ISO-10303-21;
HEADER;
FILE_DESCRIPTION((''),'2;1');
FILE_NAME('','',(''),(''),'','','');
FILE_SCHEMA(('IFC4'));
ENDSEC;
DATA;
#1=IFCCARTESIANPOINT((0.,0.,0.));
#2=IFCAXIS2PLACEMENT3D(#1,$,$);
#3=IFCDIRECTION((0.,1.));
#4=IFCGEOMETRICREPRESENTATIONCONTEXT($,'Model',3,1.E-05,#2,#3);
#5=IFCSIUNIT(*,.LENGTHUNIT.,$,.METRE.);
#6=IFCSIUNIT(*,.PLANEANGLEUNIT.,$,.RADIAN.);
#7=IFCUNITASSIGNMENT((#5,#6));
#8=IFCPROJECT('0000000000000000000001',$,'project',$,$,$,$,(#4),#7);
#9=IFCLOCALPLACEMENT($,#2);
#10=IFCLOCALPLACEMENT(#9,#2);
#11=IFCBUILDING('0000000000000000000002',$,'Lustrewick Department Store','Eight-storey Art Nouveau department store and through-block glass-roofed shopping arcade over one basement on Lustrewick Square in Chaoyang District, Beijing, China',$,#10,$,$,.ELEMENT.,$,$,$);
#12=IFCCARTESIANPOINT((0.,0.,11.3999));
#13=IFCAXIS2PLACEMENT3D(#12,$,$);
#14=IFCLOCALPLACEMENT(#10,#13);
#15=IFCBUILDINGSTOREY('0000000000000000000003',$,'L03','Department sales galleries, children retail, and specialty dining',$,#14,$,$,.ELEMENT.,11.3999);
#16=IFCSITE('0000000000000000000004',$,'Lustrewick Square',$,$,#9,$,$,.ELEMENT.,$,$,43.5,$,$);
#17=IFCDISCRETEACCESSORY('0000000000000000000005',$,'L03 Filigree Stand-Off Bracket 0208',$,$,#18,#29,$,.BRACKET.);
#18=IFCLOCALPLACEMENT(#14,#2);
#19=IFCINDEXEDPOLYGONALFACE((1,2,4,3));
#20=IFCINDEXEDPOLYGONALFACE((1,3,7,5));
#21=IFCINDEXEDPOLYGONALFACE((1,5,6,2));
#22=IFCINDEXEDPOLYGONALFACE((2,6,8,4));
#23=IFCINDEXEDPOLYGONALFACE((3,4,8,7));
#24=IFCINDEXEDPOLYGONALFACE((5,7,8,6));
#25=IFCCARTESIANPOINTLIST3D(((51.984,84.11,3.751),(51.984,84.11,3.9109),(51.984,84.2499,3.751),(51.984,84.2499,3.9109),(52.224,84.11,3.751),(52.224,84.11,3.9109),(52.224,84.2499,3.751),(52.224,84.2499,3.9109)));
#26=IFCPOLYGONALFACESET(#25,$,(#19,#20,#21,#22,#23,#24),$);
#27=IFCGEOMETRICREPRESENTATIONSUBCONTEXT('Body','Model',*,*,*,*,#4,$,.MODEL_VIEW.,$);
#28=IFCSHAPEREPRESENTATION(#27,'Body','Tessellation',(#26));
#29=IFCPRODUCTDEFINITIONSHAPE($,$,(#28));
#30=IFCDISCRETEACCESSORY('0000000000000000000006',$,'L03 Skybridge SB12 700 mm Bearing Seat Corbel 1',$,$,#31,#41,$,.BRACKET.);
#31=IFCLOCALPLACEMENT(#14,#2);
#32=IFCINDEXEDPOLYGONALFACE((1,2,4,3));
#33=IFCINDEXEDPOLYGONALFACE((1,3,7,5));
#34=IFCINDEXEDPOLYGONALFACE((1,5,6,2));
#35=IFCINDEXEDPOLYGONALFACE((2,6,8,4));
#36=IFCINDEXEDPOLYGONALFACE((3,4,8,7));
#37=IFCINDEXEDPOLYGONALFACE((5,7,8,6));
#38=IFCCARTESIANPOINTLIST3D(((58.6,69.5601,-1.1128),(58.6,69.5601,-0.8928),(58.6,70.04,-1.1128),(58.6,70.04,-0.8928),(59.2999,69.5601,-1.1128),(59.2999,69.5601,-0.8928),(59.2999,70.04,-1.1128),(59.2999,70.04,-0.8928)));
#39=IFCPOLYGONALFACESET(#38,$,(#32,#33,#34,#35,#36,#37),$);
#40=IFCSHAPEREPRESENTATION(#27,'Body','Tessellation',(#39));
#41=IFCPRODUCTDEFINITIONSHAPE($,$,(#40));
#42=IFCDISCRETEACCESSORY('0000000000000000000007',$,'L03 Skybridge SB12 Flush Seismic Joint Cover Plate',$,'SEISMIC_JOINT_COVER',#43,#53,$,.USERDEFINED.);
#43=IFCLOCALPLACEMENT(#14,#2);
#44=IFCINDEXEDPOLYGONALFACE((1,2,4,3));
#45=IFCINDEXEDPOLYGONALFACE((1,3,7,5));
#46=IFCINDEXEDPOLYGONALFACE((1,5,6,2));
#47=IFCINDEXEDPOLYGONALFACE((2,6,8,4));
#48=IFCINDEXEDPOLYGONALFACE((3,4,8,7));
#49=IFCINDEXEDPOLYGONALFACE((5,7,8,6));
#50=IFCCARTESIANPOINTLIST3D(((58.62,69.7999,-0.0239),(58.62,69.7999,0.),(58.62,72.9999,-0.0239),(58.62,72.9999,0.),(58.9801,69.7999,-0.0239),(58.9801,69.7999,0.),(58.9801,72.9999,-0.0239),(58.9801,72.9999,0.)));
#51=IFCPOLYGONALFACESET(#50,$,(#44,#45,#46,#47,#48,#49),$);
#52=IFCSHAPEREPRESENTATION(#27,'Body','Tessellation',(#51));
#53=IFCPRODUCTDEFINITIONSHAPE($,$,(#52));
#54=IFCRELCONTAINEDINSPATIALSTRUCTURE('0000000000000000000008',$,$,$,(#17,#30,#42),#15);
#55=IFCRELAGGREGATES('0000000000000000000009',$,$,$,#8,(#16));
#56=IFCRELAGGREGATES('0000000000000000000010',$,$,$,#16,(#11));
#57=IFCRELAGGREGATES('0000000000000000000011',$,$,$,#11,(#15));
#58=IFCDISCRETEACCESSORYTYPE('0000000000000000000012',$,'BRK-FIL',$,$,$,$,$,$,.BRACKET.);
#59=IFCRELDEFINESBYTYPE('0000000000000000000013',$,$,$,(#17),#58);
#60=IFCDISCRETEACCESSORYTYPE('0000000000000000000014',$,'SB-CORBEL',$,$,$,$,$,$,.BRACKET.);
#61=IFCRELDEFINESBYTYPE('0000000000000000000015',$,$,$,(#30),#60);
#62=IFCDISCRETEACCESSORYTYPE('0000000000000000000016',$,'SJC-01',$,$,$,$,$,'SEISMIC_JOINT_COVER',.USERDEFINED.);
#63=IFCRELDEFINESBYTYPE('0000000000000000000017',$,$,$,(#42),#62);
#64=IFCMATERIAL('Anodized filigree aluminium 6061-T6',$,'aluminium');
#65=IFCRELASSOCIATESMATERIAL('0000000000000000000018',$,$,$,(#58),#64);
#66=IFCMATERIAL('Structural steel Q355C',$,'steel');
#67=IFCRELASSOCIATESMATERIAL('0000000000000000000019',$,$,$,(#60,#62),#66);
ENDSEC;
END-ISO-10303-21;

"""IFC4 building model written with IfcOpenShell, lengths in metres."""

from ifc_helpers import new_model, si_unit, direction, frame, origin, origin_2d, place, context, subcontext, project, spatial, rectangle, extrude, material, type_object, element, save


model = new_model("IFC4")

# Units and contexts
model_context = context("Model", 3, precision=1e-05, world=origin(), true_north=direction((0.0, 1.0)))
body_context = subcontext(model_context, "Body", "Model", "MODEL_VIEW")
ifc_project = project(units=[si_unit("LENGTHUNIT", "METRE"), si_unit("PLANEANGLEUNIT", "RADIAN")], contexts=[model_context])

# Site, building, storey
site_placement = place(None, origin())
site = spatial("IfcSite", under=ifc_project, at=site_placement, Name="Lustrewick Square", CompositionType="ELEMENT", RefElevation=43.5)
building_placement = place(site_placement, origin())
building = spatial("IfcBuilding", under=site, at=building_placement, Name="Lustrewick Department Store", Description="Eight-storey Art Nouveau department store and through-block glass-roofed shopping arcade over one basement on Lustrewick Square in Chaoyang District, Beijing, China", CompositionType="ELEMENT")
storey_placement = place(building_placement, frame((0.0, 0.0, 11.3999)))
storey = spatial("IfcBuildingStorey", under=building, at=storey_placement, Name="L03", Description="Department sales galleries, children retail, and specialty dining", CompositionType="ELEMENT", Elevation=11.3999)

# Shared definitions
ifc_material_1 = material(Name="Structural steel Q355C", Category="steel")

# Discrete accessories
ifc_material_2 = material(Name="Anodized filigree aluminium 6061-T6", Category="aluminium")
discrete_accessory_type_1 = type_object("IfcDiscreteAccessoryType", Name="BRK-FIL", PredefinedType="BRACKET", material=ifc_material_2)
for number, where, z_axis, x_axis, name in (
    (1, (52.104, 84.1799, 3.751), (0.0, 0.0, 1.0), (-1.0, 0.0, 0.0), "L03 Filigree Stand-Off Bracket 0208"),
):
    element("IfcDiscreteAccessory", number, at=place(storey_placement, frame(where, z_axis=z_axis, x_axis=x_axis)), inside=storey, type_object=discrete_accessory_type_1, Name=name, PredefinedType="BRACKET", context=body_context, shape_type="SweptSolid", body=[
        extrude(rectangle(XDim=0.24, YDim=0.1399, at=origin_2d()), origin(), (0.0, 0.0, 1.0), 0.1599),
    ])
discrete_accessory_type_2 = type_object("IfcDiscreteAccessoryType", Name="SB-CORBEL", PredefinedType="BRACKET", material=ifc_material_1)
discrete_accessory_1_placement = place(storey_placement, frame((58.95, 69.8, -1.1128), z_axis=(0.0, 0.0, 1.0), x_axis=(1.0, 0.0, 0.0)))
element("IfcDiscreteAccessory", 2, at=discrete_accessory_1_placement, inside=storey, type_object=discrete_accessory_type_2, Name="L03 Skybridge SB12 700 mm Bearing Seat Corbel 1", PredefinedType="BRACKET", context=body_context, shape_type="SweptSolid", body=[
    extrude(rectangle(XDim=0.7, YDim=0.48, at=origin_2d()), origin(), (0.0, 0.0, 1.0), 0.22),
])
discrete_accessory_type_3 = type_object("IfcDiscreteAccessoryType", Name="SJC-01", ElementType="SEISMIC_JOINT_COVER", PredefinedType="USERDEFINED", material=ifc_material_1)
discrete_accessory_2_placement = place(storey_placement, frame((58.8, 71.3999, -0.0239), z_axis=(0.0, 0.0, 1.0), x_axis=(1.0, 0.0, 0.0)))
element("IfcDiscreteAccessory", 3, at=discrete_accessory_2_placement, inside=storey, type_object=discrete_accessory_type_3, Name="L03 Skybridge SB12 Flush Seismic Joint Cover Plate", ObjectType="SEISMIC_JOINT_COVER", PredefinedType="USERDEFINED", context=body_context, shape_type="SweptSolid", body=[
    extrude(rectangle(XDim=0.3601, YDim=3.2, at=origin_2d()), origin(), (0.0, 0.0, 1.0), 0.0239),
])

save(model, "model.ifc")
